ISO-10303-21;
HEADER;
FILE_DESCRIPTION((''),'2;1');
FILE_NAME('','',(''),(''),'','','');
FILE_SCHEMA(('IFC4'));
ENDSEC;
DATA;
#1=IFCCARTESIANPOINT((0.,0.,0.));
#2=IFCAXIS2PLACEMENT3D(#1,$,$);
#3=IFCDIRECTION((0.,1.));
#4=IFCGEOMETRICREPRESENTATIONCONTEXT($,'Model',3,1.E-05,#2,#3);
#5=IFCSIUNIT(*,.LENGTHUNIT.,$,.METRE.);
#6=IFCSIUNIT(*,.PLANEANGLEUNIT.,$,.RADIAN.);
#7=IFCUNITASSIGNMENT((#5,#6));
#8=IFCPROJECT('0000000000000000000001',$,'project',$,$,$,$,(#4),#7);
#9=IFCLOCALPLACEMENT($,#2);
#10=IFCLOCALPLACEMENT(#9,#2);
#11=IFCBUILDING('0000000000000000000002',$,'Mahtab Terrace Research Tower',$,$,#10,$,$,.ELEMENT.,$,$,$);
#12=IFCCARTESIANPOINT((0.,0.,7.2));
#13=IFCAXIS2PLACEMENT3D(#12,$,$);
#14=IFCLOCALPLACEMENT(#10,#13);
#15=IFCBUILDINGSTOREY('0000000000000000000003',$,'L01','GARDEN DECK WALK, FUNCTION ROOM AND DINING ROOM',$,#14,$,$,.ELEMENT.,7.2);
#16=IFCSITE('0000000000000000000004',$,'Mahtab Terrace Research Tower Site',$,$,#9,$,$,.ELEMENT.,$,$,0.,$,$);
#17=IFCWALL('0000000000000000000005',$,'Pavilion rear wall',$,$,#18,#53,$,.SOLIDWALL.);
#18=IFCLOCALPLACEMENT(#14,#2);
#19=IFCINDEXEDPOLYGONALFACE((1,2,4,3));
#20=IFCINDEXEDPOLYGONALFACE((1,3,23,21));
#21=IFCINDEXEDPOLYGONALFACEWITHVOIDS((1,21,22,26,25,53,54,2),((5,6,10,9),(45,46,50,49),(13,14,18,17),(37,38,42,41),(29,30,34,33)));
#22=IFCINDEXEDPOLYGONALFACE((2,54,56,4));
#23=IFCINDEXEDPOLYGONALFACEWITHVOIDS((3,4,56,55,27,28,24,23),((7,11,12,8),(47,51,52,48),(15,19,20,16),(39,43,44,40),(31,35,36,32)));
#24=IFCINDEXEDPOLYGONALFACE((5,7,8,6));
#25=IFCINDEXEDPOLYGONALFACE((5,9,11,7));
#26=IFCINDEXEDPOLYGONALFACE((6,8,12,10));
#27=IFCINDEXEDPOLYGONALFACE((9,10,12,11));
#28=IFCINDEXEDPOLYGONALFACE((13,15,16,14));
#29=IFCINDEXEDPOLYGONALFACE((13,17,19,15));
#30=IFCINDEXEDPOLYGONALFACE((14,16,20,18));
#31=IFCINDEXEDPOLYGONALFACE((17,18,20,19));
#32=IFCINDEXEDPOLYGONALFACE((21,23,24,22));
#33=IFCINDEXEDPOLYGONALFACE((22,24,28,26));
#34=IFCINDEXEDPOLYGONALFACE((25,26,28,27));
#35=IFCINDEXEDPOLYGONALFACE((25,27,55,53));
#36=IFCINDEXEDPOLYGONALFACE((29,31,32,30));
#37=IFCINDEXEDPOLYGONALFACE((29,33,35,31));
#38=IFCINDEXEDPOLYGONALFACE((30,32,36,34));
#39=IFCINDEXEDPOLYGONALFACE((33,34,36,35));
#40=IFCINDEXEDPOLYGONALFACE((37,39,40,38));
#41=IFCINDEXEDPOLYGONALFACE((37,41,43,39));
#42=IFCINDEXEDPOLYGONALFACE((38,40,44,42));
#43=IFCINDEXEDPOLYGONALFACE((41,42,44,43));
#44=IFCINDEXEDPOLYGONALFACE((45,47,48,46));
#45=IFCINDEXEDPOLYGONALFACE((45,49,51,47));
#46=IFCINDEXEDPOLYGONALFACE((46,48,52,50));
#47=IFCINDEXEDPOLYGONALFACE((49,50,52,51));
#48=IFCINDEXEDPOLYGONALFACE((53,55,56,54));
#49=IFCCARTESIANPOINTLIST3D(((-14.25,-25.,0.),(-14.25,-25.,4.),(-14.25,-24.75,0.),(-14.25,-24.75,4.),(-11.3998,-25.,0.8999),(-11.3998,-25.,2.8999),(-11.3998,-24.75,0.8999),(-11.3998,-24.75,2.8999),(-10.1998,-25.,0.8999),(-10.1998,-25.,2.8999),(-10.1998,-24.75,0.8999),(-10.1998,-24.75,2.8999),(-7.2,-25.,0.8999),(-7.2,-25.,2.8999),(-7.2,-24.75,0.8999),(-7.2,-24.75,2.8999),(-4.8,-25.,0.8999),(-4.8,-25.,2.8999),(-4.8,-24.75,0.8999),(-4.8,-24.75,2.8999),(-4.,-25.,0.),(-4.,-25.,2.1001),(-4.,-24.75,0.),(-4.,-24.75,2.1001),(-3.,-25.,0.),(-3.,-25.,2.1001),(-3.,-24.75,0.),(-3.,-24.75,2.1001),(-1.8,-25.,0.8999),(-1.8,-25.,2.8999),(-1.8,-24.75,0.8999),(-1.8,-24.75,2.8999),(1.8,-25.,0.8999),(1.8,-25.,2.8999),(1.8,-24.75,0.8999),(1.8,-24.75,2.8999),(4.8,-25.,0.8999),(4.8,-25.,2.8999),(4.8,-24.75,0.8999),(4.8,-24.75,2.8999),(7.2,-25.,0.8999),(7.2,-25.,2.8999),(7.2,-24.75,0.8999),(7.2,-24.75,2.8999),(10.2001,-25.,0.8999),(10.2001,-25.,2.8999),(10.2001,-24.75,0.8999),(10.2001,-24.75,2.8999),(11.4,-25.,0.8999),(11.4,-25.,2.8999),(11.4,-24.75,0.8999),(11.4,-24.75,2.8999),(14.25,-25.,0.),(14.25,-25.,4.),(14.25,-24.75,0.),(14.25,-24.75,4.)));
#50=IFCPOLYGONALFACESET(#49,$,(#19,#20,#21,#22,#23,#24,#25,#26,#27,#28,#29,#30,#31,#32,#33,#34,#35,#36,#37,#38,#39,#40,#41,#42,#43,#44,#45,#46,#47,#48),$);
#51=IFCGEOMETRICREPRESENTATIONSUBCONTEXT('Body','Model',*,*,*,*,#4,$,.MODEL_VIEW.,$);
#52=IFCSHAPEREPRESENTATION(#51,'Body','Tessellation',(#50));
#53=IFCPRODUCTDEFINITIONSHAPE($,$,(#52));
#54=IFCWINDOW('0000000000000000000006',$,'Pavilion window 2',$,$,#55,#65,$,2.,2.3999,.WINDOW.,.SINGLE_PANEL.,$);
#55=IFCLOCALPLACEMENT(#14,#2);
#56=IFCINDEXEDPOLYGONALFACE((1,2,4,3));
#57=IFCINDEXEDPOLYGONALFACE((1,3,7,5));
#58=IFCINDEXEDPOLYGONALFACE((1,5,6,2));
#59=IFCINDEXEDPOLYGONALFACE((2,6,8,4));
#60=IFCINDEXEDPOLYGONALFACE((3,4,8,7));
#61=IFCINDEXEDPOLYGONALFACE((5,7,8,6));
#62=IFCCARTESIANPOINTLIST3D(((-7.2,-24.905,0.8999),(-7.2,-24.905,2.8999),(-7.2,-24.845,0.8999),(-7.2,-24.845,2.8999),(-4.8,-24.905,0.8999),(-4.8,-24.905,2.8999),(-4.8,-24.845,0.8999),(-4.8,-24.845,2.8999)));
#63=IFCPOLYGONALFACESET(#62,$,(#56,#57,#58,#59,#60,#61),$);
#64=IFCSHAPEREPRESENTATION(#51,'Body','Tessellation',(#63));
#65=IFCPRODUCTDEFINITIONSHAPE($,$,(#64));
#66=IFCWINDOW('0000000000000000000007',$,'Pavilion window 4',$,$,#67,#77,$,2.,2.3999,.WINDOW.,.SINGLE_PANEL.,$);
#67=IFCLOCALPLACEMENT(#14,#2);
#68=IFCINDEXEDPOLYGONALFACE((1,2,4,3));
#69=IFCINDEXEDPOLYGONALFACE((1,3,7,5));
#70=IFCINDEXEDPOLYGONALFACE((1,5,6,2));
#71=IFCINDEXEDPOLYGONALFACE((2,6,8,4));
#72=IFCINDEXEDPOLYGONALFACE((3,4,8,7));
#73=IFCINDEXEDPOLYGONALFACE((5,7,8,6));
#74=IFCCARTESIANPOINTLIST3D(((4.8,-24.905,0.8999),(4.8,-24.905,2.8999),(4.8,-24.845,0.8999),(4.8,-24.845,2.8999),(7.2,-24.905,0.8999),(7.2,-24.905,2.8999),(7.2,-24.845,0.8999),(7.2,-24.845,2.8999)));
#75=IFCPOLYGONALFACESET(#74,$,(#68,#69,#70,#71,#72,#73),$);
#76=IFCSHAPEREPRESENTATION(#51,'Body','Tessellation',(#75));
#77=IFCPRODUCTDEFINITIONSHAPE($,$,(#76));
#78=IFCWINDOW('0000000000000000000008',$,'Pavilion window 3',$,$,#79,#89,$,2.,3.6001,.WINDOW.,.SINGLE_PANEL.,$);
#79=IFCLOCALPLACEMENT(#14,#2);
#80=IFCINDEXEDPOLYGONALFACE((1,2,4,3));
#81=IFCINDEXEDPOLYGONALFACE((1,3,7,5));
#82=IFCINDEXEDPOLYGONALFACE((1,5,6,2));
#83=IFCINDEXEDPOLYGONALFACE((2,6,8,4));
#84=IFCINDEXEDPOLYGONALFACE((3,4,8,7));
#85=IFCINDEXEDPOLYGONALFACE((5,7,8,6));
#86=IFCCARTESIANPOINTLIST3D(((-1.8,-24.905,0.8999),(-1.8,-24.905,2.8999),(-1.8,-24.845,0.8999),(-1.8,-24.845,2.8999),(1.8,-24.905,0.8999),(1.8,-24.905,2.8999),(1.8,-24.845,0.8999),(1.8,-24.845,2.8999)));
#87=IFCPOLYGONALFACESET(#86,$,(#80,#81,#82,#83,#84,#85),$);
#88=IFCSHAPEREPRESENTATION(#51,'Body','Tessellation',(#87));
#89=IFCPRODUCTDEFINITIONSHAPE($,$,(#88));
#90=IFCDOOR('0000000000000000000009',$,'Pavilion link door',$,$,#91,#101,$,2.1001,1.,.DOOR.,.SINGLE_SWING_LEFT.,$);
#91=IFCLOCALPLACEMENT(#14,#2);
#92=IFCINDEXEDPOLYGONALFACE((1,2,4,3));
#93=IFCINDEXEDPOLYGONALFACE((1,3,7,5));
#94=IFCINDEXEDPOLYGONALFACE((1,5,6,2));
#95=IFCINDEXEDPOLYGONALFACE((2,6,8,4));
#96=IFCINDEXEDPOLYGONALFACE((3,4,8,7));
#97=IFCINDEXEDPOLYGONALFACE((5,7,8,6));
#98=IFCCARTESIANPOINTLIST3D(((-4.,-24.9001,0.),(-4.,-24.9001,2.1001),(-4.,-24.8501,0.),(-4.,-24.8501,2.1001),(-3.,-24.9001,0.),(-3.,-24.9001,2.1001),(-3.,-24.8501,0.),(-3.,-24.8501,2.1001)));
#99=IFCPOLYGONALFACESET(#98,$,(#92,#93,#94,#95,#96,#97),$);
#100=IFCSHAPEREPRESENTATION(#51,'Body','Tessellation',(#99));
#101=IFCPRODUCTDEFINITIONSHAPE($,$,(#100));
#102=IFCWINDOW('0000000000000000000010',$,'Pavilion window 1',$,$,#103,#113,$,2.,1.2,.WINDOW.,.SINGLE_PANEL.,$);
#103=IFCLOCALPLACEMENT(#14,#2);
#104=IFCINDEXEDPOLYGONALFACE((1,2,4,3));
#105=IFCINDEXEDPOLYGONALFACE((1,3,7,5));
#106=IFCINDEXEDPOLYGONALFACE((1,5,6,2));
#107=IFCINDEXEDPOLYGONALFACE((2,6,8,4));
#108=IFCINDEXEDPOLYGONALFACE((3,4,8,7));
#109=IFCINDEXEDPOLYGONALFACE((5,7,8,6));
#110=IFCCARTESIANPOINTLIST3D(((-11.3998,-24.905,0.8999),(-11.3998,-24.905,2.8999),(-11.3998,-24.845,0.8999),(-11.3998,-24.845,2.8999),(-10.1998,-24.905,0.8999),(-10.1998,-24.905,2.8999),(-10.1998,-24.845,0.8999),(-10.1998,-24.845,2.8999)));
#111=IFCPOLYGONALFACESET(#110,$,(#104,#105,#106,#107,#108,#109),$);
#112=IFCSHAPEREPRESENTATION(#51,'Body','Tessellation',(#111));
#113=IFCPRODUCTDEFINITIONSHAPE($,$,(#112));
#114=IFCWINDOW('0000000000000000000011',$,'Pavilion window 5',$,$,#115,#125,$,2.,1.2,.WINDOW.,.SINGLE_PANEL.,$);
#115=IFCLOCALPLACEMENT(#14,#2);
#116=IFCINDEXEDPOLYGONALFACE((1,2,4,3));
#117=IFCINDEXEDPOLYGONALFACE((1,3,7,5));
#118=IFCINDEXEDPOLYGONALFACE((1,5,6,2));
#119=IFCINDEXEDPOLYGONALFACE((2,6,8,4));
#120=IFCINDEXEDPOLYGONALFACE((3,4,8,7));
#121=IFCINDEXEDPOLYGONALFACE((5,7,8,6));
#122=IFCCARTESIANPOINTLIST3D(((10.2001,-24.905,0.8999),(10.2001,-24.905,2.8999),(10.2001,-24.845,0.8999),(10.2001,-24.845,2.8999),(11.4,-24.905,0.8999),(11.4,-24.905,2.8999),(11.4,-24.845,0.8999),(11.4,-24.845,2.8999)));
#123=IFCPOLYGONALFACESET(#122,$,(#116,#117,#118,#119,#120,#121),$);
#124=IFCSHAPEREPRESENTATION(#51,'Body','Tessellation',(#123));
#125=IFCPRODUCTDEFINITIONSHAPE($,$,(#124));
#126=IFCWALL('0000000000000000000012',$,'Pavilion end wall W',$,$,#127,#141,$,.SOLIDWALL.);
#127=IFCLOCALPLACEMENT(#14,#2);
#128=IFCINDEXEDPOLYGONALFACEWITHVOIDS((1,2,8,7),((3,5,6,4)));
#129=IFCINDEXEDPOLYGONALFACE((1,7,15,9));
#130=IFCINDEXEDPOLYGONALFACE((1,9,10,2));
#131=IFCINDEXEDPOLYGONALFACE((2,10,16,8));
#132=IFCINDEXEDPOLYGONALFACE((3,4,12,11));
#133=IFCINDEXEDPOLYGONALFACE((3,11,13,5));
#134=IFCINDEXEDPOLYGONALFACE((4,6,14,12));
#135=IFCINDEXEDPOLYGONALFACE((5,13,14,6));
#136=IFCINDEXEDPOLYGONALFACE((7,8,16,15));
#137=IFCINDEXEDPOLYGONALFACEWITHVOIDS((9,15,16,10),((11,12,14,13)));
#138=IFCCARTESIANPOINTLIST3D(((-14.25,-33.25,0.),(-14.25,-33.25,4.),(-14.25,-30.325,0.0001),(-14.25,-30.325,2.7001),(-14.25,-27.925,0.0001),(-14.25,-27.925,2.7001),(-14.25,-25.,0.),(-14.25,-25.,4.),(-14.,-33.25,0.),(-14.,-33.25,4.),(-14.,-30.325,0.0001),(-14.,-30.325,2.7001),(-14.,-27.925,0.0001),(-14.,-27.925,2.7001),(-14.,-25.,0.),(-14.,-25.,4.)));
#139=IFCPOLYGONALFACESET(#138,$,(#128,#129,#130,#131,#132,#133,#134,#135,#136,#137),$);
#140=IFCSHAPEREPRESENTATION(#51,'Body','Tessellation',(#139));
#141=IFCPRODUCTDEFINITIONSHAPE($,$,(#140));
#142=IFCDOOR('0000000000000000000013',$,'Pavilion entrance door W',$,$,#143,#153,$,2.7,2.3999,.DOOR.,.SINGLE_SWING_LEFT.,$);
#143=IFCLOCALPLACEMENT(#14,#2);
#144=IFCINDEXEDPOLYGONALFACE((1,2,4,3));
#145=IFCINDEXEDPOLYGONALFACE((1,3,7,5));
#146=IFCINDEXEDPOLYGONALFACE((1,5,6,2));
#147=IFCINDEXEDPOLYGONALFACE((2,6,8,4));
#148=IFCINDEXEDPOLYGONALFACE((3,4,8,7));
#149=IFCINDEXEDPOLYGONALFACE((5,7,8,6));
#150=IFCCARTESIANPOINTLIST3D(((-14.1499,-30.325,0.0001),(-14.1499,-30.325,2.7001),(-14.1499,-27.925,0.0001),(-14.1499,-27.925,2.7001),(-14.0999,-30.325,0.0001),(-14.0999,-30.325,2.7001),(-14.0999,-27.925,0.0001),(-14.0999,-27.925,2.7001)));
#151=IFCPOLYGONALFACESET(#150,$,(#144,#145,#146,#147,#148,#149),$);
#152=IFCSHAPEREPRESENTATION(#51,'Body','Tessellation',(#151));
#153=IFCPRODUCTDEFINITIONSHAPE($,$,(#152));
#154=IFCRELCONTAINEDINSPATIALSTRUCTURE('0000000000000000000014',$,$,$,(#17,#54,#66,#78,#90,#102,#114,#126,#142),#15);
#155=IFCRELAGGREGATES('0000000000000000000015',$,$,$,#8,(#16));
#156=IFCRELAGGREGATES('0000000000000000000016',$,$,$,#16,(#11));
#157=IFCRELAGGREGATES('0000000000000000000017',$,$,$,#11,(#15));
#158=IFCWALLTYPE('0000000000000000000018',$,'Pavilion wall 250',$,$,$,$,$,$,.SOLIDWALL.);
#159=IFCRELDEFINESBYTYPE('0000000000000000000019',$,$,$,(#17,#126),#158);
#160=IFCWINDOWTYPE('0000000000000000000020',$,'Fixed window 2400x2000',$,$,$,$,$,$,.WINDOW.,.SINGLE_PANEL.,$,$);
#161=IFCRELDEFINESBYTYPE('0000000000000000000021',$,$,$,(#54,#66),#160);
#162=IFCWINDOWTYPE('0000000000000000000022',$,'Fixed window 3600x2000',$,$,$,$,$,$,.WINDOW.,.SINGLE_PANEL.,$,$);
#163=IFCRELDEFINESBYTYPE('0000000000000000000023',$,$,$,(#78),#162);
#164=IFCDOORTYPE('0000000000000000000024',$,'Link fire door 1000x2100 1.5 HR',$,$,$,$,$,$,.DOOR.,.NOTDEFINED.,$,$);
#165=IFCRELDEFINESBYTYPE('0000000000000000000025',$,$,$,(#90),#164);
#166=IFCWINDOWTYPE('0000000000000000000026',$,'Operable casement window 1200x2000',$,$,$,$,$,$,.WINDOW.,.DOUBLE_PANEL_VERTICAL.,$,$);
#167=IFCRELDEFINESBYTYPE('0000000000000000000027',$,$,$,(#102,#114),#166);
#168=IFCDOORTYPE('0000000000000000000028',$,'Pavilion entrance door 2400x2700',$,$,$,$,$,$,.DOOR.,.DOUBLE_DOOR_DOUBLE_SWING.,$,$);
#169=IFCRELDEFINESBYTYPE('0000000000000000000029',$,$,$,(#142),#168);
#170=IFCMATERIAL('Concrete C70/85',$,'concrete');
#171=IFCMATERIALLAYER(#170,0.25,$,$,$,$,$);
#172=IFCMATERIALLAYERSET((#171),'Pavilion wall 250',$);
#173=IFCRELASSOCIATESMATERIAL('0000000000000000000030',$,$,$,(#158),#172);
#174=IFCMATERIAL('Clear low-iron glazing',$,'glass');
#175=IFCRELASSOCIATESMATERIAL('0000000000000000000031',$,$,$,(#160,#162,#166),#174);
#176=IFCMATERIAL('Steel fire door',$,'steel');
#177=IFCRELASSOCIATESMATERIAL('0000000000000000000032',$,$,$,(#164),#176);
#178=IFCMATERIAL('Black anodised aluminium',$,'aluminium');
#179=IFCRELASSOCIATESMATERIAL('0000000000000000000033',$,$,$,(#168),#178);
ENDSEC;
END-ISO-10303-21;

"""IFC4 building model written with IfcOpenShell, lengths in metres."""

from ifc_helpers import new_model, si_unit, direction, frame, frame_2d, origin, place, context, subcontext, project, spatial, rectangle, extrude, material, layer, layer_set, type_object, element, fill, save


model = new_model("IFC4")

# Units and contexts
model_context = context("Model", 3, precision=1e-05, world=origin(), true_north=direction((0.0, 1.0)))
body_context = subcontext(model_context, "Body", "Model", "MODEL_VIEW")
ifc_project = project(units=[si_unit("LENGTHUNIT", "METRE"), si_unit("PLANEANGLEUNIT", "RADIAN")], contexts=[model_context])

# Site, building, storey
site_placement = place(None, origin())
site = spatial("IfcSite", under=ifc_project, at=site_placement, Name="Mahtab Terrace Research Tower Site", CompositionType="ELEMENT", RefElevation=0.0)
building_placement = place(site_placement, origin())
building = spatial("IfcBuilding", under=site, at=building_placement, Name="Mahtab Terrace Research Tower", CompositionType="ELEMENT")
storey_placement = place(building_placement, frame((0.0, 0.0, 7.2)))
storey = spatial("IfcBuildingStorey", under=building, at=storey_placement, Name="L01", Description="GARDEN DECK WALK, FUNCTION ROOM AND DINING ROOM", CompositionType="ELEMENT", Elevation=7.2)

# Wall, openings, windows, door
ifc_material_1 = material(Name="Concrete C70/85", Category="concrete")
ifc_layer_1 = layer(ifc_material_1, 0.25)
ifc_layer_set_1 = layer_set([ifc_layer_1], Name="Pavilion wall 250")
wall_type_1 = type_object("IfcWallType", Name="Pavilion wall 250", PredefinedType="SOLIDWALL", material=ifc_layer_set_1)
wall_1_placement = place(storey_placement, frame((-14.25, -24.875, 0.0), z_axis=(0.0, 0.0, 1.0), x_axis=(1.0, 0.0, 0.0)))
wall_1 = element("IfcWall", 1, at=wall_1_placement, inside=storey, type_object=wall_type_1, Name="Pavilion rear wall", PredefinedType="SOLIDWALL", context=body_context, shape_type="SweptSolid", body=[
    extrude(rectangle(XDim=28.5, YDim=0.25, at=frame_2d((14.25, 0.0))), origin(), (0.0, 0.0, 1.0), 4.0),
])
opening_1_placement = place(wall_1_placement, frame((2.8501, 0.0, 0.8999)))
opening_1 = element("IfcOpeningElement", 2, at=opening_1_placement, cuts=wall_1, PredefinedType="OPENING", context=body_context, shape_type="SweptSolid", body=[
    extrude(rectangle(XDim=1.2, YDim=2.0, at=frame_2d((0.6001, 1.0))), frame((0.0, 0.135, 0.0), z_axis=(0.0, -1.0, 0.0), x_axis=(1.0, 0.0, 0.0)), (0.0, 0.0, 1.0), 0.27),
])
opening_2_placement = place(wall_1_placement, frame((7.05, 0.0, 0.8999)))
opening_2 = element("IfcOpeningElement", 3, at=opening_2_placement, cuts=wall_1, PredefinedType="OPENING", context=body_context, shape_type="SweptSolid", body=[
    extrude(rectangle(XDim=2.3999, YDim=2.0, at=frame_2d((1.2, 1.0))), frame((0.0, 0.135, 0.0), z_axis=(0.0, -1.0, 0.0), x_axis=(1.0, 0.0, 0.0)), (0.0, 0.0, 1.0), 0.27),
])
opening_3_placement = place(wall_1_placement, frame((12.45, 0.0, 0.8999)))
opening_3 = element("IfcOpeningElement", 4, at=opening_3_placement, cuts=wall_1, PredefinedType="OPENING", context=body_context, shape_type="SweptSolid", body=[
    extrude(rectangle(XDim=3.6001, YDim=2.0, at=frame_2d((1.8, 1.0))), frame((0.0, 0.135, 0.0), z_axis=(0.0, -1.0, 0.0), x_axis=(1.0, 0.0, 0.0)), (0.0, 0.0, 1.0), 0.27),
])
opening_4_placement = place(wall_1_placement, frame((19.05, 0.0, 0.8999)))
opening_4 = element("IfcOpeningElement", 5, at=opening_4_placement, cuts=wall_1, PredefinedType="OPENING", context=body_context, shape_type="SweptSolid", body=[
    extrude(rectangle(XDim=2.3999, YDim=2.0, at=frame_2d((1.2, 1.0))), frame((0.0, 0.135, 0.0), z_axis=(0.0, -1.0, 0.0), x_axis=(1.0, 0.0, 0.0)), (0.0, 0.0, 1.0), 0.27),
])
opening_5_placement = place(wall_1_placement, frame((24.45, 0.0, 0.8999)))
opening_5 = element("IfcOpeningElement", 6, at=opening_5_placement, cuts=wall_1, PredefinedType="OPENING", context=body_context, shape_type="SweptSolid", body=[
    extrude(rectangle(XDim=1.2, YDim=2.0, at=frame_2d((0.6001, 1.0))), frame((0.0, 0.135, 0.0), z_axis=(0.0, -1.0, 0.0), x_axis=(1.0, 0.0, 0.0)), (0.0, 0.0, 1.0), 0.27),
])
opening_6_placement = place(wall_1_placement, frame((10.25, 0.0, 0.0)))
opening_6 = element("IfcOpeningElement", 7, at=opening_6_placement, cuts=wall_1, PredefinedType="OPENING", context=body_context, shape_type="SweptSolid", body=[
    extrude(rectangle(XDim=1.0, YDim=2.1001, at=frame_2d((0.5, 1.05))), frame((0.0, 0.135, 0.0), z_axis=(0.0, -1.0, 0.0), x_axis=(1.0, 0.0, 0.0)), (0.0, 0.0, 1.0), 0.27),
])
ifc_material_2 = material(Name="Clear low-iron glazing", Category="glass")
window_type_1 = type_object("IfcWindowType", Name="Fixed window 2400x2000", PartitioningType="SINGLE_PANEL", PredefinedType="WINDOW", material=ifc_material_2)
window_1_placement = place(opening_2_placement, origin())
window_1 = element("IfcWindow", 8, at=window_1_placement, inside=storey, type_object=window_type_1, Name="Pavilion window 2", OverallHeight=2.0, OverallWidth=2.3999, PartitioningType="SINGLE_PANEL", PredefinedType="WINDOW", context=body_context, shape_type="SweptSolid", body=[
    extrude(rectangle(XDim=2.3999, YDim=2.0, at=frame_2d((1.2, 1.0))), frame((0.0, 0.03, 0.0), z_axis=(0.0, -1.0, 0.0), x_axis=(1.0, 0.0, 0.0)), (0.0, 0.0, 1.0), 0.0601),
])
fill(opening_2, window_1)
window_2_placement = place(opening_4_placement, origin())
window_2 = element("IfcWindow", 9, at=window_2_placement, inside=storey, type_object=window_type_1, Name="Pavilion window 4", OverallHeight=2.0, OverallWidth=2.3999, PartitioningType="SINGLE_PANEL", PredefinedType="WINDOW", context=body_context, shape_type="SweptSolid", body=[
    extrude(rectangle(XDim=2.3999, YDim=2.0, at=frame_2d((1.2, 1.0))), frame((0.0, 0.03, 0.0), z_axis=(0.0, -1.0, 0.0), x_axis=(1.0, 0.0, 0.0)), (0.0, 0.0, 1.0), 0.0601),
])
fill(opening_4, window_2)
window_type_2 = type_object("IfcWindowType", Name="Fixed window 3600x2000", PartitioningType="SINGLE_PANEL", PredefinedType="WINDOW", material=ifc_material_2)
window_3_placement = place(opening_3_placement, origin())
window_3 = element("IfcWindow", 10, at=window_3_placement, inside=storey, type_object=window_type_2, Name="Pavilion window 3", OverallHeight=2.0, OverallWidth=3.6001, PartitioningType="SINGLE_PANEL", PredefinedType="WINDOW", context=body_context, shape_type="SweptSolid", body=[
    extrude(rectangle(XDim=3.6001, YDim=2.0, at=frame_2d((1.8, 1.0))), frame((0.0, 0.03, 0.0), z_axis=(0.0, -1.0, 0.0), x_axis=(1.0, 0.0, 0.0)), (0.0, 0.0, 1.0), 0.0601),
])
fill(opening_3, window_3)
ifc_material_3 = material(Name="Steel fire door", Category="steel")
door_type_1 = type_object("IfcDoorType", Name="Link fire door 1000x2100 1.5 HR", OperationType="NOTDEFINED", PredefinedType="DOOR", material=ifc_material_3)
door_1_placement = place(opening_6_placement, origin())
door_1 = element("IfcDoor", 11, at=door_1_placement, inside=storey, type_object=door_type_1, Name="Pavilion link door", OperationType="SINGLE_SWING_LEFT", OverallHeight=2.1001, OverallWidth=1.0, PredefinedType="DOOR", context=body_context, shape_type="SweptSolid", body=[
    extrude(rectangle(XDim=1.0, YDim=2.1001, at=frame_2d((0.5, 1.05))), frame((0.0, 0.0249, 0.0), z_axis=(0.0, -1.0, 0.0), x_axis=(1.0, 0.0, 0.0)), (0.0, 0.0, 1.0), 0.05),
])
fill(opening_6, door_1)
window_type_3 = type_object("IfcWindowType", Name="Operable casement window 1200x2000", PartitioningType="DOUBLE_PANEL_VERTICAL", PredefinedType="WINDOW", material=ifc_material_2)
window_4_placement = place(opening_1_placement, origin())
window_4 = element("IfcWindow", 12, at=window_4_placement, inside=storey, type_object=window_type_3, Name="Pavilion window 1", OverallHeight=2.0, OverallWidth=1.2, PartitioningType="SINGLE_PANEL", PredefinedType="WINDOW", context=body_context, shape_type="SweptSolid", body=[
    extrude(rectangle(XDim=1.2, YDim=2.0, at=frame_2d((0.6001, 1.0))), frame((0.0, 0.03, 0.0), z_axis=(0.0, -1.0, 0.0), x_axis=(1.0, 0.0, 0.0)), (0.0, 0.0, 1.0), 0.0601),
])
fill(opening_1, window_4)
window_5_placement = place(opening_5_placement, origin())
window_5 = element("IfcWindow", 13, at=window_5_placement, inside=storey, type_object=window_type_3, Name="Pavilion window 5", OverallHeight=2.0, OverallWidth=1.2, PartitioningType="SINGLE_PANEL", PredefinedType="WINDOW", context=body_context, shape_type="SweptSolid", body=[
    extrude(rectangle(XDim=1.2, YDim=2.0, at=frame_2d((0.6001, 1.0))), frame((0.0, 0.03, 0.0), z_axis=(0.0, -1.0, 0.0), x_axis=(1.0, 0.0, 0.0)), (0.0, 0.0, 1.0), 0.0601),
])
fill(opening_5, window_5)

# Wall, opening, door
wall_2_placement = place(storey_placement, frame((-14.125, -33.25, 0.0), z_axis=(0.0, 0.0, 1.0), x_axis=(0.0, 1.0, 0.0)))
wall_2 = element("IfcWall", 14, at=wall_2_placement, inside=storey, type_object=wall_type_1, Name="Pavilion end wall W", PredefinedType="SOLIDWALL", context=body_context, shape_type="SweptSolid", body=[
    extrude(rectangle(XDim=8.25, YDim=0.25, at=frame_2d((4.125, 0.0))), origin(), (0.0, 0.0, 1.0), 4.0),
])
opening_7_placement = place(wall_2_placement, frame((2.925, 0.0, 0.0)))
opening_7 = element("IfcOpeningElement", 15, at=opening_7_placement, cuts=wall_2, PredefinedType="OPENING", context=body_context, shape_type="SweptSolid", body=[
    extrude(rectangle(XDim=2.3999, YDim=2.7, at=frame_2d((1.2, 1.3501))), frame((0.0, 0.135, 0.0), z_axis=(0.0, -1.0, 0.0), x_axis=(1.0, 0.0, 0.0)), (0.0, 0.0, 1.0), 0.27),
])
ifc_material_4 = material(Name="Black anodised aluminium", Category="aluminium")
door_type_2 = type_object("IfcDoorType", Name="Pavilion entrance door 2400x2700", OperationType="DOUBLE_DOOR_DOUBLE_SWING", PredefinedType="DOOR", material=ifc_material_4)
door_2_placement = place(opening_7_placement, origin())
door_2 = element("IfcDoor", 16, at=door_2_placement, inside=storey, type_object=door_type_2, Name="Pavilion entrance door W", OperationType="SINGLE_SWING_LEFT", OverallHeight=2.7, OverallWidth=2.3999, PredefinedType="DOOR", context=body_context, shape_type="SweptSolid", body=[
    extrude(rectangle(XDim=2.3999, YDim=2.7, at=frame_2d((1.2, 1.3501))), frame((0.0, 0.0249, 0.0), z_axis=(0.0, -1.0, 0.0), x_axis=(1.0, 0.0, 0.0)), (0.0, 0.0, 1.0), 0.05),
])
fill(opening_7, door_2)

save(model, "model.ifc")
